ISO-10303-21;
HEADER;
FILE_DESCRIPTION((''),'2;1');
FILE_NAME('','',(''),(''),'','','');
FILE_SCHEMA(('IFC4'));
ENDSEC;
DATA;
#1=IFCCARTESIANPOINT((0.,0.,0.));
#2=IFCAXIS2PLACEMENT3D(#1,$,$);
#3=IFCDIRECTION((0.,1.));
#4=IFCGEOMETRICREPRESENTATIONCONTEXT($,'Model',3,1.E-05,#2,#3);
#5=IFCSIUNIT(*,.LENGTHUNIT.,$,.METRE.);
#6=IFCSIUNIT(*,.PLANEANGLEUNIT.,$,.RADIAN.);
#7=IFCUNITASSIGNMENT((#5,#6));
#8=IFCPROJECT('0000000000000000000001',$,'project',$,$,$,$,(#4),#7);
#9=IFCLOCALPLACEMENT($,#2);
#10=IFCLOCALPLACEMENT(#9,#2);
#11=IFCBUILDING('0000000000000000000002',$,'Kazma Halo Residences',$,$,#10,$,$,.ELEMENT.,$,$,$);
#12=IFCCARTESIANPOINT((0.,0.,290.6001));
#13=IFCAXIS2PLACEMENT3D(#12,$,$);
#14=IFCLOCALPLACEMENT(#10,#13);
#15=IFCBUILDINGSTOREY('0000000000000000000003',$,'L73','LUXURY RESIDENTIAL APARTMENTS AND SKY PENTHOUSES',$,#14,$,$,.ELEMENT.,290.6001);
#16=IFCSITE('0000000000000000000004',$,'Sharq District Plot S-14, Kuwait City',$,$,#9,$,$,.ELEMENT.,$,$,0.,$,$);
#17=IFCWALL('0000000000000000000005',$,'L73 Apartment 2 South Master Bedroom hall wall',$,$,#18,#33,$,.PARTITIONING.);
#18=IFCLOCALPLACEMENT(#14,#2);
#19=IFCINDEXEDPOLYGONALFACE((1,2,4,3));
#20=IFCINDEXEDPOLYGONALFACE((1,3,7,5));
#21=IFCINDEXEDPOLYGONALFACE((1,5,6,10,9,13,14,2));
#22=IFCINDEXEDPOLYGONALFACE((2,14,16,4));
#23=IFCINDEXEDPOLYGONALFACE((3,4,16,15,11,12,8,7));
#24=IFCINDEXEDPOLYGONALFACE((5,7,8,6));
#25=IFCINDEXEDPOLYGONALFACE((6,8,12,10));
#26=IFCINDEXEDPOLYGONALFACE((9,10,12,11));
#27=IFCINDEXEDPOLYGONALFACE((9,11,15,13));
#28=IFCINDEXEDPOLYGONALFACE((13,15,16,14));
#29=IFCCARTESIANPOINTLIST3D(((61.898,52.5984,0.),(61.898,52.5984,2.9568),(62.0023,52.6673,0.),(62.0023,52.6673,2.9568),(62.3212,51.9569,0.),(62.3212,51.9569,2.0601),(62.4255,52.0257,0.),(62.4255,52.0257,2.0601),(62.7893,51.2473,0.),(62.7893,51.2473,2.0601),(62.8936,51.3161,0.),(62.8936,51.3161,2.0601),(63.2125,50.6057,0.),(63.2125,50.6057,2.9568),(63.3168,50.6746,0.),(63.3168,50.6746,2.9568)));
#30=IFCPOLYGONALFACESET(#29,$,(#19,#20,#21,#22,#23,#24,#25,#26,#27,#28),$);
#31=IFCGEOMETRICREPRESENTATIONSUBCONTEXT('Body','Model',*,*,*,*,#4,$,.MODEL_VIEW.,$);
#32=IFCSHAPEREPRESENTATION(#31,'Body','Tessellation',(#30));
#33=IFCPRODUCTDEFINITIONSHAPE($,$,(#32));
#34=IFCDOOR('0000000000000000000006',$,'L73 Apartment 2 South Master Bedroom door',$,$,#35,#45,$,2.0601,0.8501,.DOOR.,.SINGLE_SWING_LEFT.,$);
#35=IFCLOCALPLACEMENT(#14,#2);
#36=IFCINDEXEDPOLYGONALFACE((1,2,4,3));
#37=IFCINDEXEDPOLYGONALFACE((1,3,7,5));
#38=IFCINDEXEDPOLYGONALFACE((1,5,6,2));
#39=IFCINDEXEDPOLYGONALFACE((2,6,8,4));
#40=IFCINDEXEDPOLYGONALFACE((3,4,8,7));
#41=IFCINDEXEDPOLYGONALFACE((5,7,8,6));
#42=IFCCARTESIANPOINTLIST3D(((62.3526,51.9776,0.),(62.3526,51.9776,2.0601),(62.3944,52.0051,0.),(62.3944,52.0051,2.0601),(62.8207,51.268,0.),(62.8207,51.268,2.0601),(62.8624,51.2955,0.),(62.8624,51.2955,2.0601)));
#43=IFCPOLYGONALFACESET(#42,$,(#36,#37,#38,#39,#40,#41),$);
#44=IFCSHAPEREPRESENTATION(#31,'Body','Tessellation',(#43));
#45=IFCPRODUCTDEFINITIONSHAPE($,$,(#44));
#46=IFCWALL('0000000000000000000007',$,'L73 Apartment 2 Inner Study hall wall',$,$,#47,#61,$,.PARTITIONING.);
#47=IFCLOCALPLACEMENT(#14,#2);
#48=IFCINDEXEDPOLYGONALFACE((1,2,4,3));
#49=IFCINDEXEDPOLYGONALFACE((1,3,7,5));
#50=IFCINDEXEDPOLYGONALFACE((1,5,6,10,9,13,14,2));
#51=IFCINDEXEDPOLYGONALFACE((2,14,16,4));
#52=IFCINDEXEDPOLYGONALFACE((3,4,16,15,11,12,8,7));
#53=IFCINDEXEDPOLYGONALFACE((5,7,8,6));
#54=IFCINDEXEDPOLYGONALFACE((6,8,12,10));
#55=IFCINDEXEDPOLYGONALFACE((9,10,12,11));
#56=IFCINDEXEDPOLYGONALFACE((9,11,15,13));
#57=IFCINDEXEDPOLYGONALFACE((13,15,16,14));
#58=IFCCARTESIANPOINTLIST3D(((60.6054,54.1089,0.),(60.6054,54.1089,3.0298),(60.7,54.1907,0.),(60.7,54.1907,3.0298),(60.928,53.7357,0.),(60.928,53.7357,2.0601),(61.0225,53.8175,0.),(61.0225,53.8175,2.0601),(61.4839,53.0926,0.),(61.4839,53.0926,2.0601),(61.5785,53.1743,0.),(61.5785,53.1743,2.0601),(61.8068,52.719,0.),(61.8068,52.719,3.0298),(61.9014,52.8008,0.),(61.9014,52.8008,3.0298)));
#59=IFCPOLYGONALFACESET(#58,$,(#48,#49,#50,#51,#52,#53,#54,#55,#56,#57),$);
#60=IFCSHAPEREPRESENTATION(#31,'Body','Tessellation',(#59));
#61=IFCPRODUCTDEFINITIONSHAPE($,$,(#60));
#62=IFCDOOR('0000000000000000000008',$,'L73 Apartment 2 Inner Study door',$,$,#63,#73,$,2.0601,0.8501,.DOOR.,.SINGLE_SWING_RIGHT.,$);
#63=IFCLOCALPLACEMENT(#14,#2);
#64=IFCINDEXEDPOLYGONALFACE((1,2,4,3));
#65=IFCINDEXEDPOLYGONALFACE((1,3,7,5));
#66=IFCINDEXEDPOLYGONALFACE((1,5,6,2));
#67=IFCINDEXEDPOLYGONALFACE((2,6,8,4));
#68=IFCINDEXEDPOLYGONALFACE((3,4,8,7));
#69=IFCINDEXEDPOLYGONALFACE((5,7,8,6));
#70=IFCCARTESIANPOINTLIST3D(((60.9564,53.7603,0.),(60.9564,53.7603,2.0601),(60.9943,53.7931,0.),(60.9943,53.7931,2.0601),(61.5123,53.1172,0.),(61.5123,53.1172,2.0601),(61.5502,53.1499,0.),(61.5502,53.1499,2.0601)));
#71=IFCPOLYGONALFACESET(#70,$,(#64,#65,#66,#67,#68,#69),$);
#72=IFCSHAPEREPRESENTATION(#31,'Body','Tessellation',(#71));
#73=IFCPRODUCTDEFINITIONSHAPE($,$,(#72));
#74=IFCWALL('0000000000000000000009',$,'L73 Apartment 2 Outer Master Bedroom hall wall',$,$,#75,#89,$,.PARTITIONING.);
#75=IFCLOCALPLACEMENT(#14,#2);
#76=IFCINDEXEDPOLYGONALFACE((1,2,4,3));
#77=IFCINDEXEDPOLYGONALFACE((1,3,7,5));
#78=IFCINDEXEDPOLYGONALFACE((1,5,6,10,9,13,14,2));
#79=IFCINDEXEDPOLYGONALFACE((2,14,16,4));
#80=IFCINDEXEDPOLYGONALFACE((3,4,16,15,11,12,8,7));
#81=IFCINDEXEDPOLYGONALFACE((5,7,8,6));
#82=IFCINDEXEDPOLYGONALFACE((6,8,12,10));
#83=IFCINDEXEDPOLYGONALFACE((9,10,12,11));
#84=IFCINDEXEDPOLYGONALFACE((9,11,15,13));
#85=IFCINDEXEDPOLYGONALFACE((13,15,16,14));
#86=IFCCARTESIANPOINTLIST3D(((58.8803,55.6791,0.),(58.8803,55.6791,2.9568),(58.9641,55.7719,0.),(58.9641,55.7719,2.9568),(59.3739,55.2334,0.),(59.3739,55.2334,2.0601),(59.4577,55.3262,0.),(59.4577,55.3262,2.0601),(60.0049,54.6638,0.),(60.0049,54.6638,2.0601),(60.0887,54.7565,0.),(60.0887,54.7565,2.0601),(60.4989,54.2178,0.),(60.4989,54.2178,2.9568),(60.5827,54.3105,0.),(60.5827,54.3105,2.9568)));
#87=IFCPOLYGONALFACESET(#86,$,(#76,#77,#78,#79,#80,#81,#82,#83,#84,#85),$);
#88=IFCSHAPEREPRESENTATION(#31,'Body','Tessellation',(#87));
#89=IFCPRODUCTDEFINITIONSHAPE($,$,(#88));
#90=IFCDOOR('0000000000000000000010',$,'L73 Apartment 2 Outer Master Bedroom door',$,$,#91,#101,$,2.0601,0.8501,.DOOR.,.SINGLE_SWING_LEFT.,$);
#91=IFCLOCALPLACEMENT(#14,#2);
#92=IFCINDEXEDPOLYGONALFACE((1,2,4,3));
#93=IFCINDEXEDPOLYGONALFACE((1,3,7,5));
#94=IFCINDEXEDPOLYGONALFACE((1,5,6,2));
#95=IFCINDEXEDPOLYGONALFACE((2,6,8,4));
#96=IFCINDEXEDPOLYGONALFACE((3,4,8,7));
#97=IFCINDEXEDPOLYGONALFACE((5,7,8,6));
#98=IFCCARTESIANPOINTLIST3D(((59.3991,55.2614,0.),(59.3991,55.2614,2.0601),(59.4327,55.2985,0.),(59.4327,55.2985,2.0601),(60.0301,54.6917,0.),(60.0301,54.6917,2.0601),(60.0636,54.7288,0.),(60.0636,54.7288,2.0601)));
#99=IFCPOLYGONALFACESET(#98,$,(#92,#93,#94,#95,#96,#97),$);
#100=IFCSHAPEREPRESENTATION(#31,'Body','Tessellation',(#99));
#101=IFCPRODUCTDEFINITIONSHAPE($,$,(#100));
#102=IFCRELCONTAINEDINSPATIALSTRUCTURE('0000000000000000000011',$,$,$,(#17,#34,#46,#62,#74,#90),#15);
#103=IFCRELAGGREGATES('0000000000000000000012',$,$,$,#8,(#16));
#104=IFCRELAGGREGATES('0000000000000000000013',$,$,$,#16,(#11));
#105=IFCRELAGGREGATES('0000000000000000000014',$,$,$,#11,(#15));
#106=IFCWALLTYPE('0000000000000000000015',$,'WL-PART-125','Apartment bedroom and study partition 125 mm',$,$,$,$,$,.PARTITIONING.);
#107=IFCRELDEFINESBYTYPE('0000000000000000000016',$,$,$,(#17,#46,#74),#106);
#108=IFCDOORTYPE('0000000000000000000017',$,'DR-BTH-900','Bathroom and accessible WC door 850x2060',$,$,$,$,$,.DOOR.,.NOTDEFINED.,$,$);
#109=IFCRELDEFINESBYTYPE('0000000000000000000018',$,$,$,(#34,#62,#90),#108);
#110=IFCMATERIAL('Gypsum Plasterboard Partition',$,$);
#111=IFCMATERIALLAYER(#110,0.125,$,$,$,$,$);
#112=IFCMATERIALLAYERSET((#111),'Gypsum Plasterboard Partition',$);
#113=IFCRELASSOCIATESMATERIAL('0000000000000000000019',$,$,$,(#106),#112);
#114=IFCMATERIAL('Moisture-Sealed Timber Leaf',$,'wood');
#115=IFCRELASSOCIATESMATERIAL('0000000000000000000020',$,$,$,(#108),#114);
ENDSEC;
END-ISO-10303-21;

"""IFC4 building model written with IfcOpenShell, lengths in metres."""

from ifc_helpers import new_model, si_unit, direction, frame, frame_2d, origin, place, context, subcontext, project, spatial, rectangle, extrude, material, layer, layer_set, type_object, element, fill, save


model = new_model("IFC4")

# Units and contexts
model_context = context("Model", 3, precision=1e-05, world=origin(), true_north=direction((0.0, 1.0)))
body_context = subcontext(model_context, "Body", "Model", "MODEL_VIEW")
ifc_project = project(units=[si_unit("LENGTHUNIT", "METRE"), si_unit("PLANEANGLEUNIT", "RADIAN")], contexts=[model_context])

# Site, building, storey
site_placement = place(None, origin())
site = spatial("IfcSite", under=ifc_project, at=site_placement, Name="Sharq District Plot S-14, Kuwait City", CompositionType="ELEMENT", RefElevation=0.0)
building_placement = place(site_placement, origin())
building = spatial("IfcBuilding", under=site, at=building_placement, Name="Kazma Halo Residences", CompositionType="ELEMENT")
storey_placement = place(building_placement, frame((0.0, 0.0, 290.6001)))
storey = spatial("IfcBuildingStorey", under=building, at=storey_placement, Name="L73", Description="LUXURY RESIDENTIAL APARTMENTS AND SKY PENTHOUSES", CompositionType="ELEMENT", Elevation=290.6001)

# Shared definitions
ifc_material_1 = material(Name="Gypsum Plasterboard Partition")
ifc_layer_1 = layer(ifc_material_1, 0.125)
ifc_layer_set_1 = layer_set([ifc_layer_1], Name="Gypsum Plasterboard Partition")
wall_type_1 = type_object("IfcWallType", Name="WL-PART-125", Description="Apartment bedroom and study partition 125 mm", PredefinedType="PARTITIONING", material=ifc_layer_set_1)

# Shared definitions
ifc_material_2 = material(Name="Moisture-Sealed Timber Leaf", Category="wood")
door_type_1 = type_object("IfcDoorType", Name="DR-BTH-900", Description="Bathroom and accessible WC door 850x2060", OperationType="NOTDEFINED", PredefinedType="DOOR", material=ifc_material_2)

# Walls, openings, doors
wall_1_placement = place(storey_placement, frame((63.2646, 50.6401, 0.0), z_axis=(0.0, 0.0, 1.0), x_axis=(-0.550634, 0.834747, 0.0)))
wall_1 = element("IfcWall", 1, at=wall_1_placement, inside=storey, type_object=wall_type_1, Name="L73 Apartment 2 South Master Bedroom hall wall", PredefinedType="PARTITIONING", context=body_context, shape_type="SweptSolid", body=[
    extrude(rectangle(XDim=2.3872, YDim=0.125, at=frame_2d((1.1936, 0.0))), origin(), (0.0, 0.0, 1.0), 2.9568),
])
opening_1_placement = place(wall_1_placement, frame((0.7686, 0.0, 0.0)))
opening_1 = element("IfcOpeningElement", 2, at=opening_1_placement, cuts=wall_1, PredefinedType="OPENING", context=body_context, shape_type="SweptSolid", body=[
    extrude(rectangle(XDim=0.8501, YDim=2.0601, at=frame_2d((0.425, 1.03))), frame((0.0, 0.0725, 0.0), z_axis=(0.0, -1.0, 0.0), x_axis=(1.0, 0.0, 0.0)), (0.0, 0.0, 1.0), 0.145),
])
door_1_placement = place(opening_1_placement, origin())
door_1 = element("IfcDoor", 3, at=door_1_placement, inside=storey, type_object=door_type_1, Name="L73 Apartment 2 South Master Bedroom door", OperationType="SINGLE_SWING_LEFT", OverallHeight=2.0601, OverallWidth=0.8501, PredefinedType="DOOR", context=body_context, shape_type="SweptSolid", body=[
    extrude(rectangle(XDim=0.8501, YDim=2.0601, at=frame_2d((0.425, 1.03))), frame((0.0, 0.0249, 0.0), z_axis=(0.0, -1.0, 0.0), x_axis=(1.0, 0.0, 0.0)), (0.0, 0.0, 1.0), 0.05),
])
fill(opening_1, door_1)
wall_2_placement = place(storey_placement, frame((61.854, 52.76, 0.0), z_axis=(0.0, 0.0, 1.0), x_axis=(-0.653948, 0.756539, 0.0)))
wall_2 = element("IfcWall", 4, at=wall_2_placement, inside=storey, type_object=wall_type_1, Name="L73 Apartment 2 Inner Study hall wall", PredefinedType="PARTITIONING", context=body_context, shape_type="SweptSolid", body=[
    extrude(rectangle(XDim=1.8372, YDim=0.125, at=frame_2d((0.9185, 0.0))), origin(), (0.0, 0.0, 1.0), 3.0298),
])
opening_2_placement = place(wall_2_placement, frame((0.4937, 0.0, 0.0)))
opening_2 = element("IfcOpeningElement", 5, at=opening_2_placement, cuts=wall_2, PredefinedType="OPENING", context=body_context, shape_type="SweptSolid", body=[
    extrude(rectangle(XDim=0.8501, YDim=2.0601, at=frame_2d((0.425, 1.03))), frame((0.0, 0.0725, 0.0), z_axis=(0.0, -1.0, 0.0), x_axis=(1.0, 0.0, 0.0)), (0.0, 0.0, 1.0), 0.145),
])
door_2_placement = place(opening_2_placement, origin())
door_2 = element("IfcDoor", 6, at=door_2_placement, inside=storey, type_object=door_type_1, Name="L73 Apartment 2 Inner Study door", OperationType="SINGLE_SWING_RIGHT", OverallHeight=2.0601, OverallWidth=0.8501, PredefinedType="DOOR", context=body_context, shape_type="SweptSolid", body=[
    extrude(rectangle(XDim=0.8501, YDim=2.0601, at=frame_2d((0.425, 1.03))), frame((0.0, 0.0249, 0.0), z_axis=(0.0, -1.0, 0.0), x_axis=(1.0, 0.0, 0.0)), (0.0, 0.0, 1.0), 0.05),
])
fill(opening_2, door_2)
wall_3_placement = place(storey_placement, frame((60.5408, 54.2642, 0.0), z_axis=(0.0, 0.0, 1.0), x_axis=(-0.742236, 0.670139, 0.0)))
wall_3 = element("IfcWall", 7, at=wall_3_placement, inside=storey, type_object=wall_type_1, Name="L73 Apartment 2 Outer Master Bedroom hall wall", PredefinedType="PARTITIONING", context=body_context, shape_type="SweptSolid", body=[
    extrude(rectangle(XDim=2.1807, YDim=0.125, at=frame_2d((1.0903, 0.0))), origin(), (0.0, 0.0, 1.0), 2.9568),
])
opening_3_placement = place(wall_3_placement, frame((0.6655, 0.0, 0.0)))
opening_3 = element("IfcOpeningElement", 8, at=opening_3_placement, cuts=wall_3, PredefinedType="OPENING", context=body_context, shape_type="SweptSolid", body=[
    extrude(rectangle(XDim=0.8501, YDim=2.0601, at=frame_2d((0.425, 1.03))), frame((0.0, 0.0725, 0.0), z_axis=(0.0, -1.0, 0.0), x_axis=(1.0, 0.0, 0.0)), (0.0, 0.0, 1.0), 0.145),
])
door_3_placement = place(opening_3_placement, origin())
door_3 = element("IfcDoor", 9, at=door_3_placement, inside=storey, type_object=door_type_1, Name="L73 Apartment 2 Outer Master Bedroom door", OperationType="SINGLE_SWING_LEFT", OverallHeight=2.0601, OverallWidth=0.8501, PredefinedType="DOOR", context=body_context, shape_type="SweptSolid", body=[
    extrude(rectangle(XDim=0.8501, YDim=2.0601, at=frame_2d((0.425, 1.03))), frame((0.0, 0.0249, 0.0), z_axis=(0.0, -1.0, 0.0), x_axis=(1.0, 0.0, 0.0)), (0.0, 0.0, 1.0), 0.05),
])
fill(opening_3, door_3)

save(model, "model.ifc")
